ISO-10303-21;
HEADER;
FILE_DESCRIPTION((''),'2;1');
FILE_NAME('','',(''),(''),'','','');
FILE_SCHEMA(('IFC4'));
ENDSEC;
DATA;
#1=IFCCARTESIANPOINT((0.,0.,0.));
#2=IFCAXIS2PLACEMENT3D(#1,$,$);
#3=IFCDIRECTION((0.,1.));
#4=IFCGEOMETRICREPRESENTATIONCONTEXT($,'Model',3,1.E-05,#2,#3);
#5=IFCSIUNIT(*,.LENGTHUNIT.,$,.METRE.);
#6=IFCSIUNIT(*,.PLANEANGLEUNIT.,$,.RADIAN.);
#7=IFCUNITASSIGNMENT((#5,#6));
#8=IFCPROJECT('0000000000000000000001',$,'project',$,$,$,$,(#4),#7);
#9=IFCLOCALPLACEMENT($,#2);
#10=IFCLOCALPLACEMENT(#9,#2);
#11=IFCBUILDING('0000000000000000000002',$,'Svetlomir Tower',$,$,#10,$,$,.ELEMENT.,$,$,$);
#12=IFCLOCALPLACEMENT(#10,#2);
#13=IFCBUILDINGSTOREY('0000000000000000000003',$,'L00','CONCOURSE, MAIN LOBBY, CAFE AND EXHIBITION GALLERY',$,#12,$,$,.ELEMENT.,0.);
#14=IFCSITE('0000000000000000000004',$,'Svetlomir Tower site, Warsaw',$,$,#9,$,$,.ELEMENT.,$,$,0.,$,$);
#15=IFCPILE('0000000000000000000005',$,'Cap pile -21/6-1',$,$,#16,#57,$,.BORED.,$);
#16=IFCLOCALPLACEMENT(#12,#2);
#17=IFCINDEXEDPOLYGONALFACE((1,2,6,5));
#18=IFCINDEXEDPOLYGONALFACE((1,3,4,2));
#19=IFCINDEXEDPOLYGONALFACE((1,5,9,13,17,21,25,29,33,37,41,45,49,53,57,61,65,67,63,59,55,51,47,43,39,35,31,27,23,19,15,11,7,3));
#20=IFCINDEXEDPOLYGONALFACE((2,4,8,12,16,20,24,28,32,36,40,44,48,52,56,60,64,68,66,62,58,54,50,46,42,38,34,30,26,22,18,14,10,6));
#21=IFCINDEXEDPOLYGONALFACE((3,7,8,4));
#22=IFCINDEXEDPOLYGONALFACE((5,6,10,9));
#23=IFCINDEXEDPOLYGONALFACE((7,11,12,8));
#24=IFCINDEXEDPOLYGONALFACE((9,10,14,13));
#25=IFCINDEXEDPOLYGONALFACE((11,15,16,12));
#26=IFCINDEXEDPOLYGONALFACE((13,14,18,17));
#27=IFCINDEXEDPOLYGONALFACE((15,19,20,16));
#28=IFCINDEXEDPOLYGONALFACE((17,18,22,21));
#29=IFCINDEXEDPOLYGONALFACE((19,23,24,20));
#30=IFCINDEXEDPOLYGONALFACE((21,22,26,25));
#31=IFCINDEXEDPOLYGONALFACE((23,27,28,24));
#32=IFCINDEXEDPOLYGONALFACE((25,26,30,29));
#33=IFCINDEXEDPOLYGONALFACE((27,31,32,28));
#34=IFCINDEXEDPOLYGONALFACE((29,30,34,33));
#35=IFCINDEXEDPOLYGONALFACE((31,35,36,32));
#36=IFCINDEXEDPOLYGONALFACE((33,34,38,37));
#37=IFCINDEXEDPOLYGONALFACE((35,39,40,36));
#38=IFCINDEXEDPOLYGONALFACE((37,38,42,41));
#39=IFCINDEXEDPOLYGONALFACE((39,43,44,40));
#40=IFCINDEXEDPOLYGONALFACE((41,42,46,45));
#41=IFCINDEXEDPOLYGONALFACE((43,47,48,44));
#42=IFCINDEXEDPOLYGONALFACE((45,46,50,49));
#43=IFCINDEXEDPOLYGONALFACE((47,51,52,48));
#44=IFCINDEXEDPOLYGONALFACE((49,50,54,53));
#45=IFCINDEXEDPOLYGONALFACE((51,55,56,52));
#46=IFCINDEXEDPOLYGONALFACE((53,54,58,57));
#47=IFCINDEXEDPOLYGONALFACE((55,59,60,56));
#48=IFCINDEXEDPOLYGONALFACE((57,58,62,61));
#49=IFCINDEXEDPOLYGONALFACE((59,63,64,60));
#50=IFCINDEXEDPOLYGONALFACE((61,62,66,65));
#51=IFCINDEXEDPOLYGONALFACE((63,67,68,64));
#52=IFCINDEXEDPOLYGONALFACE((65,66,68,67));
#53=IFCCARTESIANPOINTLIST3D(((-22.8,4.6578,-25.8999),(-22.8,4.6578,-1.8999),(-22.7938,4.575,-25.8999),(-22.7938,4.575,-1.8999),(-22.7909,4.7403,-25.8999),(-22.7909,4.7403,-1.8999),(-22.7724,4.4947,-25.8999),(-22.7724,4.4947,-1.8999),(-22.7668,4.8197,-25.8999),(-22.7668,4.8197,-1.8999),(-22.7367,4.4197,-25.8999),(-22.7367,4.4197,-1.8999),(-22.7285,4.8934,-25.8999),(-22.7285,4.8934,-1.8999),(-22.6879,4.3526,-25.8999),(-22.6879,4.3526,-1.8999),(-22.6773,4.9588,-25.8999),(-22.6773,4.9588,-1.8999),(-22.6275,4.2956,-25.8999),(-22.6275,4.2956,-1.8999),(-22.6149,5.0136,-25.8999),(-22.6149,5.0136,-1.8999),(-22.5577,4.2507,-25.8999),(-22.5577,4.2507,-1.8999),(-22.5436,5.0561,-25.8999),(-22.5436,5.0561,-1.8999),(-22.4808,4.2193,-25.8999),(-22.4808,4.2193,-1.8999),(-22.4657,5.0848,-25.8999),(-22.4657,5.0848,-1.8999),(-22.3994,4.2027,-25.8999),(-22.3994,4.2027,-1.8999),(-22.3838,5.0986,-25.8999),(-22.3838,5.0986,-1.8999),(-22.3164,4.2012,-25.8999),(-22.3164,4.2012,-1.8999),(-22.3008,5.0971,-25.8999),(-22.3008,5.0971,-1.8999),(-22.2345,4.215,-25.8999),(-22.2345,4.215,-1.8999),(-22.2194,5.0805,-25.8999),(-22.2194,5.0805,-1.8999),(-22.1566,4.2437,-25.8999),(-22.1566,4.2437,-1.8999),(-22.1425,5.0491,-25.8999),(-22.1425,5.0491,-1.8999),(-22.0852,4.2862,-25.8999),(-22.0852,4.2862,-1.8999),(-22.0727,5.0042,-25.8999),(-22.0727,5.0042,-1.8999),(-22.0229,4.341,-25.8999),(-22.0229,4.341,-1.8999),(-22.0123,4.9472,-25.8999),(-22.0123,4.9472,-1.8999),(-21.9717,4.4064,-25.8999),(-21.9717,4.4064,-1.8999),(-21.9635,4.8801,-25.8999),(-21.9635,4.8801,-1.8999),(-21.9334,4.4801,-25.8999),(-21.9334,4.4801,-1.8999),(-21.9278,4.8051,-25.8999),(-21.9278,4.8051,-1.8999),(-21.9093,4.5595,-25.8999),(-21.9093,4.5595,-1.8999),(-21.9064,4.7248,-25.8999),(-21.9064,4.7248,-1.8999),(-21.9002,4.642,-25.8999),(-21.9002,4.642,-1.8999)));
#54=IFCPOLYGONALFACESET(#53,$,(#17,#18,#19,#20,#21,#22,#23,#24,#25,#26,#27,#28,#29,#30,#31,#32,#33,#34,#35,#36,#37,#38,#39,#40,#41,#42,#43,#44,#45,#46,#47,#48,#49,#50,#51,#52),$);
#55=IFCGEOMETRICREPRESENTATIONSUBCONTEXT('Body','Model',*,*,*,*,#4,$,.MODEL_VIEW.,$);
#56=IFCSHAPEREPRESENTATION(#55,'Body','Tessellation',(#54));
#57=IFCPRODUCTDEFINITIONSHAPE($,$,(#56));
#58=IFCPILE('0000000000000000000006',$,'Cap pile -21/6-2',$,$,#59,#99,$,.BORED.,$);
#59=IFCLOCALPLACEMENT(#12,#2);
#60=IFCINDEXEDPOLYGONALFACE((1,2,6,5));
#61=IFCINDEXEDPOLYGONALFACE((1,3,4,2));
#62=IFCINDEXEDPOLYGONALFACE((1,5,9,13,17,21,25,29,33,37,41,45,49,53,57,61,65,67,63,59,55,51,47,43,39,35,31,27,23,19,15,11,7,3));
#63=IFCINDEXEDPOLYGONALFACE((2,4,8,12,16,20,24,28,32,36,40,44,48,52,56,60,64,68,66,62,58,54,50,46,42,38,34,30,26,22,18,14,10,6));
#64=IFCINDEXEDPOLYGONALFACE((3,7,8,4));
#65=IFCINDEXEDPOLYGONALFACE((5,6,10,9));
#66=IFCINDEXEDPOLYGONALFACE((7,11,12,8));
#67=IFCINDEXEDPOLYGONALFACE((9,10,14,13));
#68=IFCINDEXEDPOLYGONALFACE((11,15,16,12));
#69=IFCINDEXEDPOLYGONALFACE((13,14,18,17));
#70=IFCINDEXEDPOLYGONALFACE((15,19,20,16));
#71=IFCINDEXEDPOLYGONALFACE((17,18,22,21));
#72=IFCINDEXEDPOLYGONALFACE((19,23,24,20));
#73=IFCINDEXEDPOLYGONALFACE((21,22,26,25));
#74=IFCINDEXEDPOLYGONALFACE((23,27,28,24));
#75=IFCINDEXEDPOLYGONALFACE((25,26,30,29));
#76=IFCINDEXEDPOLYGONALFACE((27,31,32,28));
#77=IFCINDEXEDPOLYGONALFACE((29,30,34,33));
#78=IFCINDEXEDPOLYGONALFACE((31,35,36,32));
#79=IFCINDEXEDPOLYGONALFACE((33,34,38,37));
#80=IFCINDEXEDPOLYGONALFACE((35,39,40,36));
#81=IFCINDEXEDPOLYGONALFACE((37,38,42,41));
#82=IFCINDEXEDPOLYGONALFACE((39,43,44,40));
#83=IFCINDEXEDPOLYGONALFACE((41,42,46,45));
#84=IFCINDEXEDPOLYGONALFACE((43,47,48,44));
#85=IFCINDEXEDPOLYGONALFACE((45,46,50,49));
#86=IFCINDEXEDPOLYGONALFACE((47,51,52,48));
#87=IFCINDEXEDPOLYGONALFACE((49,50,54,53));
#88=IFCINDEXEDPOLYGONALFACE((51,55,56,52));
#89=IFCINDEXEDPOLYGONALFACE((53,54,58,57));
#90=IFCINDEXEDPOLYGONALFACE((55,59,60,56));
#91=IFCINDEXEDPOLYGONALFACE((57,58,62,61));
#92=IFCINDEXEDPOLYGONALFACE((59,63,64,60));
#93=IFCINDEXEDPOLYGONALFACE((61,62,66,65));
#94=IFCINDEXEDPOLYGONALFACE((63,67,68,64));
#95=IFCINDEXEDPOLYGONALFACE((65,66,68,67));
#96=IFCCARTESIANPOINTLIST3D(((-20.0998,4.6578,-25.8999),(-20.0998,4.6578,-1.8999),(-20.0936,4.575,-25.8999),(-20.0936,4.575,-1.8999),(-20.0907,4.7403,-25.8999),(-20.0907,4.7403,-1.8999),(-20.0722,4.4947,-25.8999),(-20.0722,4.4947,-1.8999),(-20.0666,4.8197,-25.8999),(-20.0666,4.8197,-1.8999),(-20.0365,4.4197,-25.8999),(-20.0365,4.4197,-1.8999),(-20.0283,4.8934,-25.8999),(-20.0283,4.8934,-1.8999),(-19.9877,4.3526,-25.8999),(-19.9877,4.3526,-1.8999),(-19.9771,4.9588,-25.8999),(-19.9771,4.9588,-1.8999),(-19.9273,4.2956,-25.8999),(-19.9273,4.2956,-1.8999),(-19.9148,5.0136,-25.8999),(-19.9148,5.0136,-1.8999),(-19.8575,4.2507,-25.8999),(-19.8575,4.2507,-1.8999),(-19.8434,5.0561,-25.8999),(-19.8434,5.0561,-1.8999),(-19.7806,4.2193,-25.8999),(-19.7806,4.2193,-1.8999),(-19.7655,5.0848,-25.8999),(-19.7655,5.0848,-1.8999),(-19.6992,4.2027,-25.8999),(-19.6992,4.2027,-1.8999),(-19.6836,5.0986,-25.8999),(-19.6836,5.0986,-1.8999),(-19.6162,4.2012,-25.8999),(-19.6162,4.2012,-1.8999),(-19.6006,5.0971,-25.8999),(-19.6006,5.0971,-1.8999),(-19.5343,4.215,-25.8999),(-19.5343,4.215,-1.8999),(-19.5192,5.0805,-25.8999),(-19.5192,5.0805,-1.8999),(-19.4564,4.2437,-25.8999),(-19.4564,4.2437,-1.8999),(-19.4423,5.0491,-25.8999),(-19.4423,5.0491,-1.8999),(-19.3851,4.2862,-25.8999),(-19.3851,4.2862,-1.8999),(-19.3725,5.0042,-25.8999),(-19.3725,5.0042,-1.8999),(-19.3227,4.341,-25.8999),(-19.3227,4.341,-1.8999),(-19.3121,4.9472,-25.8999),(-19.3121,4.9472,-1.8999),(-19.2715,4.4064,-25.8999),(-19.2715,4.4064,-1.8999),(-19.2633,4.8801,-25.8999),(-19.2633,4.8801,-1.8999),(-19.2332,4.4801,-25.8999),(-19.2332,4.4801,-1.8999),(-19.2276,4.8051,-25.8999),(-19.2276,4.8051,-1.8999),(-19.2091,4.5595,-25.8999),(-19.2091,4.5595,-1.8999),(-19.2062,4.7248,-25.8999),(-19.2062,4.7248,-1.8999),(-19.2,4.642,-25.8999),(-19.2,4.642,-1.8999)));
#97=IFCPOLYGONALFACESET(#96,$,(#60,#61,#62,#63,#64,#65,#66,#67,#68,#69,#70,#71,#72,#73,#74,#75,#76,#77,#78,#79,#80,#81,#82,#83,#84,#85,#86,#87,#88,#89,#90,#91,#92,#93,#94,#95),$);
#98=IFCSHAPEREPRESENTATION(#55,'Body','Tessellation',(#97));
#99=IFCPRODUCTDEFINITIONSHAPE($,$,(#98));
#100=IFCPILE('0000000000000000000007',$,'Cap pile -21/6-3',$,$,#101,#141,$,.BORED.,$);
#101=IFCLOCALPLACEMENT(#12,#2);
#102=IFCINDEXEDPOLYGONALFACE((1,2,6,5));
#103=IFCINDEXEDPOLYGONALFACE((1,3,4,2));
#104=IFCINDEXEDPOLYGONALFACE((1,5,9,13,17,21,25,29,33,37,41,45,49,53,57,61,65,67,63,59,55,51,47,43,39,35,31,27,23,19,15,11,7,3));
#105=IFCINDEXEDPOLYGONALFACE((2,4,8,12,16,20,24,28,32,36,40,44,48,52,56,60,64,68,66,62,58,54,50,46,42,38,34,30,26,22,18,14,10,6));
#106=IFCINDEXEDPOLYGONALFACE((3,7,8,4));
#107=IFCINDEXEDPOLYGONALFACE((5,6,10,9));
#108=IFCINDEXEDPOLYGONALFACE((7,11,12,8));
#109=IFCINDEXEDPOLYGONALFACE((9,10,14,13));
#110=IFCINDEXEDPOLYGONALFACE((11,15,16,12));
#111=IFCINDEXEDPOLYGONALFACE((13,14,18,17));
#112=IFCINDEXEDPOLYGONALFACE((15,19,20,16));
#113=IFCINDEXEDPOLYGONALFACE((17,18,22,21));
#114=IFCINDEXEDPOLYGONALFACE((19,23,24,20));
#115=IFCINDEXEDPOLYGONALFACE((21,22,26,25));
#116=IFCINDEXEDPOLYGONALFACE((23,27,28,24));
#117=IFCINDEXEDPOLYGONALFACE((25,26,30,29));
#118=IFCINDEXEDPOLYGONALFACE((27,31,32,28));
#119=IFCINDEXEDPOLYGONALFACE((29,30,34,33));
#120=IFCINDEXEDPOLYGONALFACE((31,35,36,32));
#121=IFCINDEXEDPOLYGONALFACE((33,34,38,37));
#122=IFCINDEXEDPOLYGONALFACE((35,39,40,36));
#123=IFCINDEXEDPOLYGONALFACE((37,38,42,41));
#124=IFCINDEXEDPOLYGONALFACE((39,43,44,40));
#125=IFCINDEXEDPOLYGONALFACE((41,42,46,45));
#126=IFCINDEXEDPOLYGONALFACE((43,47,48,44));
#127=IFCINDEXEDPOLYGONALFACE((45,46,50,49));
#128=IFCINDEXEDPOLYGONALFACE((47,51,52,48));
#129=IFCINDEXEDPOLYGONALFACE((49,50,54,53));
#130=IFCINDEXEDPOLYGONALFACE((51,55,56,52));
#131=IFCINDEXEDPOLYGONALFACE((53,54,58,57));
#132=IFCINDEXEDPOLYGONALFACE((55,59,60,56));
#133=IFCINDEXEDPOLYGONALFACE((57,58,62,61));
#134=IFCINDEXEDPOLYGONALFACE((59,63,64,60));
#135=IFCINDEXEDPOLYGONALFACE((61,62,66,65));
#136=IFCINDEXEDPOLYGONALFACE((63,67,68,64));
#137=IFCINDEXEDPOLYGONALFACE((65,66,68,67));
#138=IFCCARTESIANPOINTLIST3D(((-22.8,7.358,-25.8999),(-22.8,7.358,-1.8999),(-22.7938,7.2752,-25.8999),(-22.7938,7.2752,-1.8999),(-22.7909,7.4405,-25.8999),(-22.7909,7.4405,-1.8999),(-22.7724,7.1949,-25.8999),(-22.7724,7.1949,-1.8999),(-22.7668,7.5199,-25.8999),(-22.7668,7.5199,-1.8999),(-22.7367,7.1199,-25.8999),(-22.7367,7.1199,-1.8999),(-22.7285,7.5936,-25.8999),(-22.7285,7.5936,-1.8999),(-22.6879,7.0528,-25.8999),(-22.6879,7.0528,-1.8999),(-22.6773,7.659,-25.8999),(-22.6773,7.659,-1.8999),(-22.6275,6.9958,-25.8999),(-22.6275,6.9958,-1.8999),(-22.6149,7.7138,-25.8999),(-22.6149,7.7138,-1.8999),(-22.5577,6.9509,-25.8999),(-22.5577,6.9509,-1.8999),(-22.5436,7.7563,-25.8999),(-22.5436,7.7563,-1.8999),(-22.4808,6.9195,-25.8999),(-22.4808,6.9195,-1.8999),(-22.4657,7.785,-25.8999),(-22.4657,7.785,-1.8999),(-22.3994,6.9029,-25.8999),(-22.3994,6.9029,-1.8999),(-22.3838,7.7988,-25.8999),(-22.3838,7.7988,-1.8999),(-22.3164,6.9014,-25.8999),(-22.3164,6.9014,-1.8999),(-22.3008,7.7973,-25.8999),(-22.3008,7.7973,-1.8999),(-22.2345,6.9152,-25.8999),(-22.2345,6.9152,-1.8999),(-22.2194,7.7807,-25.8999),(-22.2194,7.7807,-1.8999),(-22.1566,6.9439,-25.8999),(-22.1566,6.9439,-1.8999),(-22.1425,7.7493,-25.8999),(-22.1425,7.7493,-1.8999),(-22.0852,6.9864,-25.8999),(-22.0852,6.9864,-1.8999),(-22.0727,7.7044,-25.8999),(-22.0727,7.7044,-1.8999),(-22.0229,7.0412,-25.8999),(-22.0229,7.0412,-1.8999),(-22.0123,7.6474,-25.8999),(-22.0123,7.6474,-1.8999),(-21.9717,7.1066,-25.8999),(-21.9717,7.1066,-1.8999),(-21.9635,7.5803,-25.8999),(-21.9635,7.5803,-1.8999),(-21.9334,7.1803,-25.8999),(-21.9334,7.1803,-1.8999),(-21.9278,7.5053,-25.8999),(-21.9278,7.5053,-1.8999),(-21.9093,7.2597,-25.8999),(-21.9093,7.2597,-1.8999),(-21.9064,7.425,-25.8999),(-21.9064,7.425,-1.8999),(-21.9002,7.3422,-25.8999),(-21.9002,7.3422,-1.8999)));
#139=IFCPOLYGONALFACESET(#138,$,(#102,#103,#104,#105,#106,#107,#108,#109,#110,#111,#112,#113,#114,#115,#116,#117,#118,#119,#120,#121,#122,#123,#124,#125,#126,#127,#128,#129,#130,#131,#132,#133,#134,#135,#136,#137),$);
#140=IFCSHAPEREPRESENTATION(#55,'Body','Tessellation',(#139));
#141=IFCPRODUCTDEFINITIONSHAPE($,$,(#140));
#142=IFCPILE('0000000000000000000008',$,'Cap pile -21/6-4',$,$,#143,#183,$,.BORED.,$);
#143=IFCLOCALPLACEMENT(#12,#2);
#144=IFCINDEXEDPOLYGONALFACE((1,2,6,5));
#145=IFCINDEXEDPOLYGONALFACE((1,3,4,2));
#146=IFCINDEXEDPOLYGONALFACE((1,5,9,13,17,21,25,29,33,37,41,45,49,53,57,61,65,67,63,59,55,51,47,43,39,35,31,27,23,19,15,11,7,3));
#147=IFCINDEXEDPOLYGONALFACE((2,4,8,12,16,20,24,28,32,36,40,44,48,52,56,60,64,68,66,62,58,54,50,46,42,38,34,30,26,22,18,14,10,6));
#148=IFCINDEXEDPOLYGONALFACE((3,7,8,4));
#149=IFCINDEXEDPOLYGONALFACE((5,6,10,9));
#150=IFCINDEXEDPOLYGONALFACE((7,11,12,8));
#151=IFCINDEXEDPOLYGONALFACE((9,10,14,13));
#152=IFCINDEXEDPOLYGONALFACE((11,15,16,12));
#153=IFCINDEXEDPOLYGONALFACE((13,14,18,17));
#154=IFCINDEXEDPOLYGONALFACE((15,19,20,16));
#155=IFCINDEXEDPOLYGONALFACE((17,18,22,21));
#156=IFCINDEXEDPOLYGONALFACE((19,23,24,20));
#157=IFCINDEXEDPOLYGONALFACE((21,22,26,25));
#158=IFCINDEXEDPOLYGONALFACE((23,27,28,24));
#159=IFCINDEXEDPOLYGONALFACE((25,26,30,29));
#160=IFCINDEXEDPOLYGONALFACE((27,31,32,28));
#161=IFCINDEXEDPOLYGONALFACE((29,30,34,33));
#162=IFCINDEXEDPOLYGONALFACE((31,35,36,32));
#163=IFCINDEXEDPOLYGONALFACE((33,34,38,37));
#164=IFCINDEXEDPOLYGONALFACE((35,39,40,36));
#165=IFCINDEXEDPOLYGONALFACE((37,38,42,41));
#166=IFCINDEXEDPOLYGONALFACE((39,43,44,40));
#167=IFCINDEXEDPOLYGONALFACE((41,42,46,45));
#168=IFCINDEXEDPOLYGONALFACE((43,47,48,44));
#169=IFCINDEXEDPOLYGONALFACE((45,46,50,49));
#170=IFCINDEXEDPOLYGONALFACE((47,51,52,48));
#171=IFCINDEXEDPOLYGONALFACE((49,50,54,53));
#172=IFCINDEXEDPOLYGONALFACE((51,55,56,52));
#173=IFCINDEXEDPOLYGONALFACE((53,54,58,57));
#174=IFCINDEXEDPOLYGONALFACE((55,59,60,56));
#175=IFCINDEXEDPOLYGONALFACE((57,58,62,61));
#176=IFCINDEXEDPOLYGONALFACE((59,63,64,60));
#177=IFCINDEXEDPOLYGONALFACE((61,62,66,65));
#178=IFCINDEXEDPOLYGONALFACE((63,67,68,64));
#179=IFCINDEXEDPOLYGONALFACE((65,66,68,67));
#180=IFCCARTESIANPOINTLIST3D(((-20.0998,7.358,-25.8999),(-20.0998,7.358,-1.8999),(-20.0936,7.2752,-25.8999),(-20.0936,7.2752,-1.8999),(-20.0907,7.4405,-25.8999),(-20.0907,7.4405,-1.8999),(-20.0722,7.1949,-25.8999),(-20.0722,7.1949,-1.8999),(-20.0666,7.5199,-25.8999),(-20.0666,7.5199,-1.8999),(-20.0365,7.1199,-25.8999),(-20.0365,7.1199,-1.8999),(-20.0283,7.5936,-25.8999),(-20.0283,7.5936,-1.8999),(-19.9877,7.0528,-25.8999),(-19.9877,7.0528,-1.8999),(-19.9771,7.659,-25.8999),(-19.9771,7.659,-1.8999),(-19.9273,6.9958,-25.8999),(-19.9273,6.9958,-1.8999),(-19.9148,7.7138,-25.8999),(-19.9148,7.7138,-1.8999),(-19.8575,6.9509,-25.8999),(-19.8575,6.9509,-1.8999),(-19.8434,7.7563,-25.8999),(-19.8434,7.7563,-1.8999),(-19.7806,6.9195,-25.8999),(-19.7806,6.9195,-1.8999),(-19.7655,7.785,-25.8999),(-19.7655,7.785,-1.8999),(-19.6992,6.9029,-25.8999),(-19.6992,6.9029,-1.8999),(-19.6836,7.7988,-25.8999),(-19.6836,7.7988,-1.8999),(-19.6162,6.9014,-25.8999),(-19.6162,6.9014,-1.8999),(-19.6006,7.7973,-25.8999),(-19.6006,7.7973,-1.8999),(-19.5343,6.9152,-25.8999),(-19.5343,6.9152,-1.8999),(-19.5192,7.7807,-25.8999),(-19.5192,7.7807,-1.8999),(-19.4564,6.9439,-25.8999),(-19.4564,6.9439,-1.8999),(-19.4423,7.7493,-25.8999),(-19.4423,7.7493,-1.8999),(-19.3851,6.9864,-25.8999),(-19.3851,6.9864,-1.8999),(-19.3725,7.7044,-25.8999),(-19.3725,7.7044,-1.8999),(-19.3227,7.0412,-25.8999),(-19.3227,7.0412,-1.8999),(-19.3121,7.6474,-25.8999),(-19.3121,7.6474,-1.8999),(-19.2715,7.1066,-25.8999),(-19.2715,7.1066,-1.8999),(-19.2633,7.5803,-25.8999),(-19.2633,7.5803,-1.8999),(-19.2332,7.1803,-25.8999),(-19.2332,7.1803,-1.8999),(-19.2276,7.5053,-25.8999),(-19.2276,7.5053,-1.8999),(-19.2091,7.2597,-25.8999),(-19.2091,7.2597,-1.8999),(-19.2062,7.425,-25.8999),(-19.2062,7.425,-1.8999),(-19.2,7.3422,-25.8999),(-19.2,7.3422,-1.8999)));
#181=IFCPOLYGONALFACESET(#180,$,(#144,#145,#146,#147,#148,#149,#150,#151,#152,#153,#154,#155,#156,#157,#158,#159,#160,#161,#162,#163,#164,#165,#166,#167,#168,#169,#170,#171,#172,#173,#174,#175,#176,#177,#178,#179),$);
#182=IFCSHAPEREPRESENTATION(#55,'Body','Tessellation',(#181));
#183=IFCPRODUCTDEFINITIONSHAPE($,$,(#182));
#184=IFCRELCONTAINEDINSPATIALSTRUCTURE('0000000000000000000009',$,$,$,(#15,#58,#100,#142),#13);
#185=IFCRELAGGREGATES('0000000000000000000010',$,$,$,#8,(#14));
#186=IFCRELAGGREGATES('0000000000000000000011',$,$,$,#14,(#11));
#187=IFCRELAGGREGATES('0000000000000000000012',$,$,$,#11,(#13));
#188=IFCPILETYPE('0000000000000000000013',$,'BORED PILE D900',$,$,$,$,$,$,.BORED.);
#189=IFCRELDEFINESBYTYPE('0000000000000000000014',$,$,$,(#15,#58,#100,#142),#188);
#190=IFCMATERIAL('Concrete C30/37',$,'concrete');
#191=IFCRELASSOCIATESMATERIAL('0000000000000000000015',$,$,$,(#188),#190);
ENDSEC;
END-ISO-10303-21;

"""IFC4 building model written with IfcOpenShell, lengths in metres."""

from ifc_helpers import new_model, si_unit, direction, frame, frame_2d, origin, origin_2d, place, context, subcontext, project, spatial, circle, extrude, material, material_profile, profile_set, type_object, element, save


model = new_model("IFC4")

# Units and contexts
model_context = context("Model", 3, precision=1e-05, world=origin(), true_north=direction((0.0, 1.0)))
body_context = subcontext(model_context, "Body", "Model", "MODEL_VIEW")
ifc_project = project(units=[si_unit("LENGTHUNIT", "METRE"), si_unit("PLANEANGLEUNIT", "RADIAN")], contexts=[model_context])

# Site, building, storey
site_placement = place(None, origin())
site = spatial("IfcSite", under=ifc_project, at=site_placement, Name="Svetlomir Tower site, Warsaw", CompositionType="ELEMENT", RefElevation=0.0)
building_placement = place(site_placement, origin())
building = spatial("IfcBuilding", under=site, at=building_placement, Name="Svetlomir Tower", CompositionType="ELEMENT")
storey_placement = place(building_placement, origin())
storey = spatial("IfcBuildingStorey", under=building, at=storey_placement, Name="L00", Description="CONCOURSE, MAIN LOBBY, CAFE AND EXHIBITION GALLERY", CompositionType="ELEMENT", Elevation=0.0)

# Piles
ifc_material_1 = material(Name="Concrete C30/37", Category="concrete")
ifc_material_profile_1 = material_profile(ifc_material_1, circle(Radius=0.45, at=origin_2d()), Name="RC D900")
ifc_profile_set_1 = profile_set([ifc_material_profile_1], Name="Concrete C30/37")
pile_type = type_object("IfcPileType", Name="BORED PILE D900", PredefinedType="BORED", material=ifc_profile_set_1)
for number, where, z_axis, x_axis, name in (
    (1, (-22.3501, 4.6499, -1.8999), (0.0, 0.0, -1.0), (1.0, 0.0, 0.0), "Cap pile -21/6-1"),
    (2, (-19.6499, 4.6499, -1.8999), (0.0, 0.0, -1.0), (1.0, 0.0, 0.0), "Cap pile -21/6-2"),
    (3, (-22.3501, 7.3501, -1.8999), (0.0, 0.0, -1.0), (1.0, 0.0, 0.0), "Cap pile -21/6-3"),
    (4, (-19.6499, 7.3501, -1.8999), (0.0, 0.0, -1.0), (1.0, 0.0, 0.0), "Cap pile -21/6-4"),
):
    element("IfcPile", number, at=place(storey_placement, frame(where, z_axis=z_axis, x_axis=x_axis)), inside=storey, type_object=pile_type, Name=name, PredefinedType="BORED", context=body_context, shape_type="SweptSolid", body=[
        extrude(circle(Radius=0.45, at=frame_2d((0.0, 0.0), x_axis=(0.999848, 0.017452))), origin(), (0.0, 0.0, 1.0), 24.0),
    ])

save(model, "model.ifc")
